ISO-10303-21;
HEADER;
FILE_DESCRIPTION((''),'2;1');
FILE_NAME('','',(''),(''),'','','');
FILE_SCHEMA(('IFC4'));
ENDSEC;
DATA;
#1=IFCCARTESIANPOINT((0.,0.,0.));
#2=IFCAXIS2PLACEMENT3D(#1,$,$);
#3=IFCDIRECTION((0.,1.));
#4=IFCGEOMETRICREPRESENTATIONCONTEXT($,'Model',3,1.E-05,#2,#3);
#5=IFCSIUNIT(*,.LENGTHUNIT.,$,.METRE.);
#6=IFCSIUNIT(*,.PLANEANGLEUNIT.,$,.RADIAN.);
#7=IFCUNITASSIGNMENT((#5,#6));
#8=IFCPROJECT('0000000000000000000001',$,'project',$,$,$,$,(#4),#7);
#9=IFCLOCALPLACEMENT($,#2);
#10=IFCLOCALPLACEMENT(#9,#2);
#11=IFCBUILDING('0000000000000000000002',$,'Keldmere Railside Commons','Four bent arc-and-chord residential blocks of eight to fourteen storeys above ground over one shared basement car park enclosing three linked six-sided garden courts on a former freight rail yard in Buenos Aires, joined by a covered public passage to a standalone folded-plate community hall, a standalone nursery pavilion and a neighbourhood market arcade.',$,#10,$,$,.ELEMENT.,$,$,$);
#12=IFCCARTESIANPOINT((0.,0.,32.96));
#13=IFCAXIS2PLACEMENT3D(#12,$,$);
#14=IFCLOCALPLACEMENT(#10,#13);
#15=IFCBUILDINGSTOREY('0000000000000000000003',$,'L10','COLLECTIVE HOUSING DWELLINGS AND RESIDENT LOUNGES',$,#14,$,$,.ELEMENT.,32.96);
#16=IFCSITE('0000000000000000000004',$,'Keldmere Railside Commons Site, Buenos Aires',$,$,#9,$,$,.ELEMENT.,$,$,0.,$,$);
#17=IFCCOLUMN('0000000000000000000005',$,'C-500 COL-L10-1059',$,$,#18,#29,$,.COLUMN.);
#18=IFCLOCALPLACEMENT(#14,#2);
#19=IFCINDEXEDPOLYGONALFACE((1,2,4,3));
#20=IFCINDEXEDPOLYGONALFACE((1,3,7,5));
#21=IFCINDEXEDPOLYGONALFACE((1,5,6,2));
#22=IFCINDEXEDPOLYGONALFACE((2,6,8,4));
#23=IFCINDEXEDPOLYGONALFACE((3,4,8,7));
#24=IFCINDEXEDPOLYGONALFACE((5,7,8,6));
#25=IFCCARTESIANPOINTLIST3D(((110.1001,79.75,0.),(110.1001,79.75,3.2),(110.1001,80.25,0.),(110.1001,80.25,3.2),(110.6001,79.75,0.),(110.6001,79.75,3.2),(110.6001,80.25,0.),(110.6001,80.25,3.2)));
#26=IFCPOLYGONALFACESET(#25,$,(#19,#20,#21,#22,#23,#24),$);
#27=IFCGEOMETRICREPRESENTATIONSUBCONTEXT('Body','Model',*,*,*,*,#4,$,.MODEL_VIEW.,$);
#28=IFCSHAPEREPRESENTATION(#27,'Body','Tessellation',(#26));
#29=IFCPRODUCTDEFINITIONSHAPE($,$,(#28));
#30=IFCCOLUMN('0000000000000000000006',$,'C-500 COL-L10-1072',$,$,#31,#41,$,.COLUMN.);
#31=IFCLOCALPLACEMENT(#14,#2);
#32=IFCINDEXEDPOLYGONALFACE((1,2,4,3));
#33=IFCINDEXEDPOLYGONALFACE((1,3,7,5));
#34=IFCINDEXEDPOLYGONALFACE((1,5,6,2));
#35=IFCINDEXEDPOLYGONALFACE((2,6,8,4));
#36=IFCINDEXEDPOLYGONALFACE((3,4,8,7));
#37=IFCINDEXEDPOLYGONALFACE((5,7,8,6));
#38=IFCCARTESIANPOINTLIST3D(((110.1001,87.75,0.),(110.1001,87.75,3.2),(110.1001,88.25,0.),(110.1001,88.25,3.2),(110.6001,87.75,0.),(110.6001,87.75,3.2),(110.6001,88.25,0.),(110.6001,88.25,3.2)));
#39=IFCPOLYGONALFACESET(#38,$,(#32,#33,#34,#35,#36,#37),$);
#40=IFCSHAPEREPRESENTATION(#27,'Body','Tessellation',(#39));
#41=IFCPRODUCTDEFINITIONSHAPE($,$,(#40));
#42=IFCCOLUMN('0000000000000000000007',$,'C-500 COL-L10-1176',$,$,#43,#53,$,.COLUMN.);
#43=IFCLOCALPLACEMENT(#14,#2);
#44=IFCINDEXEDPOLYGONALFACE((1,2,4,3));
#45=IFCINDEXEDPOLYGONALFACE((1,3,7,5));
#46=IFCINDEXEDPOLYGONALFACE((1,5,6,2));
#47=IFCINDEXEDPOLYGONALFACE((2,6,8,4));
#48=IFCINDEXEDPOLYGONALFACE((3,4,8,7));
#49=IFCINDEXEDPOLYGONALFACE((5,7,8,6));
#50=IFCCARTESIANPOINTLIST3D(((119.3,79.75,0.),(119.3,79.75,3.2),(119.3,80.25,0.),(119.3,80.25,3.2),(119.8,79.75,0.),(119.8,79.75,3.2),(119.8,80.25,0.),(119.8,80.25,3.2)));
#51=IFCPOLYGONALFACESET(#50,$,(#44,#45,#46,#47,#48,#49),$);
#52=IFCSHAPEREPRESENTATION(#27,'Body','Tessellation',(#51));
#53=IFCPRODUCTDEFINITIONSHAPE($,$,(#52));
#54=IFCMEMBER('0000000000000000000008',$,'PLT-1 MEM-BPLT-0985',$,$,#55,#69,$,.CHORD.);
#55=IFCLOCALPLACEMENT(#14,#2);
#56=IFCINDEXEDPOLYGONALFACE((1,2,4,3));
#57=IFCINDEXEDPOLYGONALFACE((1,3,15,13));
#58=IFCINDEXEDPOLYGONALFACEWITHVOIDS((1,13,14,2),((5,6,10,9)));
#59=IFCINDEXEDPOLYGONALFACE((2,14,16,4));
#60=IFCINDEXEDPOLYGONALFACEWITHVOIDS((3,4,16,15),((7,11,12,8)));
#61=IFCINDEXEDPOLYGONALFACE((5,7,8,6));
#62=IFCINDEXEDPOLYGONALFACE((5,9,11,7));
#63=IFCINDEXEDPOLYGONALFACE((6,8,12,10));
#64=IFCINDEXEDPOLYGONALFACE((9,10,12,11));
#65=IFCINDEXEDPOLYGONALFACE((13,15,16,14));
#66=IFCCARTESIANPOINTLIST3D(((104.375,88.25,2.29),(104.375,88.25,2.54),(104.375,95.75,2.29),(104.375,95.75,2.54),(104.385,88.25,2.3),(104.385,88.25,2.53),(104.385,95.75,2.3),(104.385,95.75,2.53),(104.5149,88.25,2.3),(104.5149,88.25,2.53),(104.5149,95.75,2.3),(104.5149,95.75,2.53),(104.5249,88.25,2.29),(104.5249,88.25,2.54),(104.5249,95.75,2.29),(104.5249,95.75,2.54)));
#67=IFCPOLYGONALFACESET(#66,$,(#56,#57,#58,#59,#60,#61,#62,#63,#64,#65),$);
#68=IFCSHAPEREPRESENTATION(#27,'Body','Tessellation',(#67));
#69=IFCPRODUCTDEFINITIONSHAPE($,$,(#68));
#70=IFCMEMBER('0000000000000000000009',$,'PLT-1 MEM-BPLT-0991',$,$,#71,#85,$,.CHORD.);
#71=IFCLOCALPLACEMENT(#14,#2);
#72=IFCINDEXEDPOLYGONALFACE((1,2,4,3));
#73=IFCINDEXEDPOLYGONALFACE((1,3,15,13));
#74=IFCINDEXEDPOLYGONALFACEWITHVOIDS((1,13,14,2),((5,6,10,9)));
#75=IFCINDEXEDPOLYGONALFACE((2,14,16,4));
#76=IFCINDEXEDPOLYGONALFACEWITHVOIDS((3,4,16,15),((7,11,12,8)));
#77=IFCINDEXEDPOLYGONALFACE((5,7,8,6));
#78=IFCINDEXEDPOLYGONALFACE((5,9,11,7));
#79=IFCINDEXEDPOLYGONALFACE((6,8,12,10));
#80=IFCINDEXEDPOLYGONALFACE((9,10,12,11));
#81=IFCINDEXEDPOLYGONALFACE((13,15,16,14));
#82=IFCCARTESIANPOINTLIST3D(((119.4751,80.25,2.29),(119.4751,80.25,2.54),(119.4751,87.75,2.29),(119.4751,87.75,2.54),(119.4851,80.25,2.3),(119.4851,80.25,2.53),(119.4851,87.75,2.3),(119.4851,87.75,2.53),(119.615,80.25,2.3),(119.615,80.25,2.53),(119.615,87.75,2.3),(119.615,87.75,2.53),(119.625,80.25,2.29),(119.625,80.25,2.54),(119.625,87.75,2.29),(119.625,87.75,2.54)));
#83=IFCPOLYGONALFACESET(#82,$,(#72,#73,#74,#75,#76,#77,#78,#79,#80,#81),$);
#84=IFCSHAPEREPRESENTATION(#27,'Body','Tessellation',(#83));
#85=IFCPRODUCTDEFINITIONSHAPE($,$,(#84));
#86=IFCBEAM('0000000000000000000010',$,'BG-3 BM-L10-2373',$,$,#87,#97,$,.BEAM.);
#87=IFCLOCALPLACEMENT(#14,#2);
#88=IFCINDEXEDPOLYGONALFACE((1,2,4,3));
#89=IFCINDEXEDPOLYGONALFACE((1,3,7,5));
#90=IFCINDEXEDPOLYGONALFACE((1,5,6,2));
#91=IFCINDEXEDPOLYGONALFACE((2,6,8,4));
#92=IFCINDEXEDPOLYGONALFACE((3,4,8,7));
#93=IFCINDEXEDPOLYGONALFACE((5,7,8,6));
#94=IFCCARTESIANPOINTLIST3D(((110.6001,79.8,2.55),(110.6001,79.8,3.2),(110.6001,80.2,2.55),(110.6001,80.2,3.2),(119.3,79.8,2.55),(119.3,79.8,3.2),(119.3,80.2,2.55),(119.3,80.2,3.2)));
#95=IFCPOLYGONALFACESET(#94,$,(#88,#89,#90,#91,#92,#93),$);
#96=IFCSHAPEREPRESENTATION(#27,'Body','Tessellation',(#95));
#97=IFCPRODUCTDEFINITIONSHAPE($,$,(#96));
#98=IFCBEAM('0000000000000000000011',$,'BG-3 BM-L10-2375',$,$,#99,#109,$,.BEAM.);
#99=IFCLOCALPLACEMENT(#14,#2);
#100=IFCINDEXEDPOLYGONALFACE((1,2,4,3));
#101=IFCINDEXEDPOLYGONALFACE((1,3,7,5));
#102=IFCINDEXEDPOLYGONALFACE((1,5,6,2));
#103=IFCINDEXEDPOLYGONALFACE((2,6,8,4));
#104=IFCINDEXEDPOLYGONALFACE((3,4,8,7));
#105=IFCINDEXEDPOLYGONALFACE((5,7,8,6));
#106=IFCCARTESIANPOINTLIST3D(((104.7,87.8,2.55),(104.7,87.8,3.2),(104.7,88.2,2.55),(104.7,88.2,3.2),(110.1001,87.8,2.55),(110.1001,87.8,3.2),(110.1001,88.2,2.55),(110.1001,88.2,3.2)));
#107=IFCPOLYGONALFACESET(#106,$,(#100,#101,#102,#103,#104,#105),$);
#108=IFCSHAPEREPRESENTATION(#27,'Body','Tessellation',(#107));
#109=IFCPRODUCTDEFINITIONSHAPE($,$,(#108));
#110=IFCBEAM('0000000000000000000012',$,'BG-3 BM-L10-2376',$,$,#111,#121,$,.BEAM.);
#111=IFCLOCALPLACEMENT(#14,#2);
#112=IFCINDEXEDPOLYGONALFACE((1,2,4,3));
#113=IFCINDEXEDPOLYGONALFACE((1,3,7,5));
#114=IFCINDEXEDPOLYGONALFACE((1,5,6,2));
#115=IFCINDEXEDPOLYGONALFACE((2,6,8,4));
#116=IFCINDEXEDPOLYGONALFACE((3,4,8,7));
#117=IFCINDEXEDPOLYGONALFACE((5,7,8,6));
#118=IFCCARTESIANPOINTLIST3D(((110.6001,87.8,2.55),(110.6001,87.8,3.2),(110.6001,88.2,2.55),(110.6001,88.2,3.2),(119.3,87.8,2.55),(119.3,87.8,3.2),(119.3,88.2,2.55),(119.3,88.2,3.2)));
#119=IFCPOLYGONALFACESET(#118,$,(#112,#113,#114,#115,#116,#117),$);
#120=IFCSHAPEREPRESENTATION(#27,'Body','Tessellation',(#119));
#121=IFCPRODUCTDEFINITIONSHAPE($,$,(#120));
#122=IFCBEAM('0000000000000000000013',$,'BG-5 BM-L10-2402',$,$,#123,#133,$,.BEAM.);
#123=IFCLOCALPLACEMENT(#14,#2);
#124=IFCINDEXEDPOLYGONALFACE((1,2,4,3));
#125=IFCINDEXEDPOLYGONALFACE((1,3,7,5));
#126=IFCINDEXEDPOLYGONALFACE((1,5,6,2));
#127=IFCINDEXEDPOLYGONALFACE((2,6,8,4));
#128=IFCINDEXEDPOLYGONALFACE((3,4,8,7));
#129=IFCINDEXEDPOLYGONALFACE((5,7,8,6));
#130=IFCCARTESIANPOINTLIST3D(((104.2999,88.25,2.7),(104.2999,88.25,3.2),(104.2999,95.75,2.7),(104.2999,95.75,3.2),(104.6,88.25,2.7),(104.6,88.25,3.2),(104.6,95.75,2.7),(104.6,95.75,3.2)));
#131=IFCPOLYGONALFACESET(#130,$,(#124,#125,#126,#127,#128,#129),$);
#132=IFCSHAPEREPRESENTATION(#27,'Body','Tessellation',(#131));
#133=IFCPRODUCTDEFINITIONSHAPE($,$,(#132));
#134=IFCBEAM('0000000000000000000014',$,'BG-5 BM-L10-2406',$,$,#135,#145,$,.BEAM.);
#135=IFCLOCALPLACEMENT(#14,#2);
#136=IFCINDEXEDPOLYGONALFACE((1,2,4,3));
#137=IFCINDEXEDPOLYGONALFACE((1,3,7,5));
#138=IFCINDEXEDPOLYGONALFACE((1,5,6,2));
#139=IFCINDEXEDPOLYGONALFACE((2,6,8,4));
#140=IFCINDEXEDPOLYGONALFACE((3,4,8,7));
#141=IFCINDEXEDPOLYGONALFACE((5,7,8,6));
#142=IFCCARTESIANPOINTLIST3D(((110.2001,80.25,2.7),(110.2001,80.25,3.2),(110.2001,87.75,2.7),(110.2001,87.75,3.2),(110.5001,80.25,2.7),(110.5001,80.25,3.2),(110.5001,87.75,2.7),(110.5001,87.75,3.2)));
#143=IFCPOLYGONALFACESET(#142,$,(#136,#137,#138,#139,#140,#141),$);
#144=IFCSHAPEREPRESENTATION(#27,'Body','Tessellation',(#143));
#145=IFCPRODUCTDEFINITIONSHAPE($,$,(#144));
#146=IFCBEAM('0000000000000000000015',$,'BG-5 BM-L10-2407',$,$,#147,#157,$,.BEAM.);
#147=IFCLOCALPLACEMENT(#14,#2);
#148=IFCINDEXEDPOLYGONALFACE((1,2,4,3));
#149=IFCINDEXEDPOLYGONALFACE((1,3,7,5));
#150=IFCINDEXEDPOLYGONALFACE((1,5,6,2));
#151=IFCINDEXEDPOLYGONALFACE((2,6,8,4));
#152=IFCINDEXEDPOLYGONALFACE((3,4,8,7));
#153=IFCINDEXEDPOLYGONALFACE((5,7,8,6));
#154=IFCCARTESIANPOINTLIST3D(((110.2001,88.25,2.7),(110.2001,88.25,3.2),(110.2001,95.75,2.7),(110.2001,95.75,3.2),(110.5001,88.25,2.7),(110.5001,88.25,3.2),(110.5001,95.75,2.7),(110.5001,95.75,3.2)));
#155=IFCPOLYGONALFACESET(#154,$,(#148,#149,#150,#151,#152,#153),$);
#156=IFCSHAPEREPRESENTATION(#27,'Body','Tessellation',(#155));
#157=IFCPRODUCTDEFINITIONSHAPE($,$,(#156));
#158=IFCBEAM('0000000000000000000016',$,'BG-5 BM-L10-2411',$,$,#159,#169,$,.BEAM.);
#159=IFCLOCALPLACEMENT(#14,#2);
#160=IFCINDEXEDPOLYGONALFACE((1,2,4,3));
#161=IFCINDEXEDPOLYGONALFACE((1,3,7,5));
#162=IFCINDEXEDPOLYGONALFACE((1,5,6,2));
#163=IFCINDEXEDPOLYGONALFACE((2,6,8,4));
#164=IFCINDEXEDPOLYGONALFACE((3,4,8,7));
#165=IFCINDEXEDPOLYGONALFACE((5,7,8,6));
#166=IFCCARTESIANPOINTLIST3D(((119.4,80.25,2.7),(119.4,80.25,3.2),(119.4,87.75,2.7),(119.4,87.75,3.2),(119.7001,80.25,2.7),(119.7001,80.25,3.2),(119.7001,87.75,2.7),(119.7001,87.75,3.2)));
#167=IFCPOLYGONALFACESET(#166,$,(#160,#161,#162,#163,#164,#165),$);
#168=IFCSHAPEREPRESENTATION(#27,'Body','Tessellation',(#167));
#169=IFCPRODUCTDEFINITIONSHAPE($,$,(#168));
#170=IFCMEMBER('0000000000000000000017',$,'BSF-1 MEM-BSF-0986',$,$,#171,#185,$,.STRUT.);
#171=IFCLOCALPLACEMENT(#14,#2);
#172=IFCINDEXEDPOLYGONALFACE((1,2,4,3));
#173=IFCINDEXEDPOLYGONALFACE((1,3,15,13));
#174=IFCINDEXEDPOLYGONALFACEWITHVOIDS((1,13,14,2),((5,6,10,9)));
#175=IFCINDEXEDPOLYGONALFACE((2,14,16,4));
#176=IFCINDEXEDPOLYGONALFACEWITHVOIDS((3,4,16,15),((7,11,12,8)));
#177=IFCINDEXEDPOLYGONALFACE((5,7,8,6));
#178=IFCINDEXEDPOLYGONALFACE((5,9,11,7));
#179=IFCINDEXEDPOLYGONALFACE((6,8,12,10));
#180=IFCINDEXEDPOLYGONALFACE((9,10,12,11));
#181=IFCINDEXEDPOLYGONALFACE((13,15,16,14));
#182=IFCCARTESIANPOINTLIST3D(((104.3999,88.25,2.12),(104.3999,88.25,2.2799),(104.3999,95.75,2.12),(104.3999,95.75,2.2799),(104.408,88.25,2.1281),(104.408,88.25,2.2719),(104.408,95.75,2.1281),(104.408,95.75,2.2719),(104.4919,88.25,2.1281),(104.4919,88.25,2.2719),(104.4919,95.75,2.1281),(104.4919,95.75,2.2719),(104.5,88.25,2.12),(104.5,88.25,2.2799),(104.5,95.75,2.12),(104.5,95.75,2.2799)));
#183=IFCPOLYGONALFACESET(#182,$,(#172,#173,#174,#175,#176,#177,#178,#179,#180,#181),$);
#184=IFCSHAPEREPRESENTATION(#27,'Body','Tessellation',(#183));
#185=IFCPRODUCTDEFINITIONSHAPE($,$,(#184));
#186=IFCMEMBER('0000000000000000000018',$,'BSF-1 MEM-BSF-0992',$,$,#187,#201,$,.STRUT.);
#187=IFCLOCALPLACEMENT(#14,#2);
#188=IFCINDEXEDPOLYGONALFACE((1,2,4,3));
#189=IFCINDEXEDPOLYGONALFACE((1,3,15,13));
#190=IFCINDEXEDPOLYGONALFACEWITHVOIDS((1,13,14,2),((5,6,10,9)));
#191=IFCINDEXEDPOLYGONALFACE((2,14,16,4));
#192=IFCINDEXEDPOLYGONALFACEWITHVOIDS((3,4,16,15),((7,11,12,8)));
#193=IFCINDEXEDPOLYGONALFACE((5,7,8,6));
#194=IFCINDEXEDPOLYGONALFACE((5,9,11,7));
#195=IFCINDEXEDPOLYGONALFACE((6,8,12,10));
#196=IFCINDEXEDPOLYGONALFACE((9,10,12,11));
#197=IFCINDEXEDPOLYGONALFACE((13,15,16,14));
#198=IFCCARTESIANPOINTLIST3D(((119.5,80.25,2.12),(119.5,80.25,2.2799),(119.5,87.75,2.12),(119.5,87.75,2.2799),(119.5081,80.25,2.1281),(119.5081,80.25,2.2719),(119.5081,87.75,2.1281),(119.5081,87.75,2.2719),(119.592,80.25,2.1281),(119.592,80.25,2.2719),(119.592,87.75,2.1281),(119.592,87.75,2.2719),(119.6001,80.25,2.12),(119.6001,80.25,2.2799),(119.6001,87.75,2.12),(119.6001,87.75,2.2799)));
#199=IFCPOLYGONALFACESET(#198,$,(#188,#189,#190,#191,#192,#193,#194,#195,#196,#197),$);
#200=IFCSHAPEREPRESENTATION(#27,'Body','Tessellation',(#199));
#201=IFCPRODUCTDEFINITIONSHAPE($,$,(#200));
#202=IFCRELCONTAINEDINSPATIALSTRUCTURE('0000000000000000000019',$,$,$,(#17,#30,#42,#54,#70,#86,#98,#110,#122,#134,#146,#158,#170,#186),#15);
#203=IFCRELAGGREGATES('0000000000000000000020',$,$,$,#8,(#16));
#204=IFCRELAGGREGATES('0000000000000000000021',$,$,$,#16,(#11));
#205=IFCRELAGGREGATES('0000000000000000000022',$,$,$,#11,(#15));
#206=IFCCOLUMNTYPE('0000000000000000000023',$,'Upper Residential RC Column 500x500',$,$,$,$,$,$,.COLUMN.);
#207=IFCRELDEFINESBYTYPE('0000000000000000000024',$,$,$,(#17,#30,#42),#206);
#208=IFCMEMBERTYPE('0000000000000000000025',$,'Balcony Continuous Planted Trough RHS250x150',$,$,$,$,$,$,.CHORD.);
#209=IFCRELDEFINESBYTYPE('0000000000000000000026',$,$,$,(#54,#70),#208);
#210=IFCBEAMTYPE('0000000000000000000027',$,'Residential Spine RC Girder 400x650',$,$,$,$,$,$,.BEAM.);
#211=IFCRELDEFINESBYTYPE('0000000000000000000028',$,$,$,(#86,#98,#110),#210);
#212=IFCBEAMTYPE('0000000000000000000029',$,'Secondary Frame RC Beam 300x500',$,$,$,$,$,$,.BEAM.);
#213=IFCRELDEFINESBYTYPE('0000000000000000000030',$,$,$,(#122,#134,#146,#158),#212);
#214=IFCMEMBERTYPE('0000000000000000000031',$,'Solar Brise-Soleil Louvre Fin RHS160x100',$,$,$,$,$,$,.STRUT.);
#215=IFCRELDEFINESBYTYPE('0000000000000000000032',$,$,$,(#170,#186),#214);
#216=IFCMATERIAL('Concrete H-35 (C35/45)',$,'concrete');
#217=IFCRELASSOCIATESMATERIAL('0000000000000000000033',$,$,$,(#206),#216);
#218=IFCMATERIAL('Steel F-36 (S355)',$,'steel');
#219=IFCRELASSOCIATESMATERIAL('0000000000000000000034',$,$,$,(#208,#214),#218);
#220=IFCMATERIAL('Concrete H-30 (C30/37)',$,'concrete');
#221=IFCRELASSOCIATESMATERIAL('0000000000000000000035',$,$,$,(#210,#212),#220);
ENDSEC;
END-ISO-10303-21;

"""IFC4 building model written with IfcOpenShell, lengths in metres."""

from ifc_helpers import new_model, si_unit, direction, frame, origin, origin_2d, place, context, subcontext, project, spatial, rectangle, hollow_rectangle, extrude, material, material_profile, profile_set, type_object, element, save


model = new_model("IFC4")

# Units and contexts
model_context = context("Model", 3, precision=1e-05, world=origin(), true_north=direction((0.0, 1.0)))
body_context = subcontext(model_context, "Body", "Model", "MODEL_VIEW")
ifc_project = project(units=[si_unit("LENGTHUNIT", "METRE"), si_unit("PLANEANGLEUNIT", "RADIAN")], contexts=[model_context])

# Site, building, storey
site_placement = place(None, origin())
site = spatial("IfcSite", under=ifc_project, at=site_placement, Name="Keldmere Railside Commons Site, Buenos Aires", CompositionType="ELEMENT", RefElevation=0.0)
building_placement = place(site_placement, origin())
building = spatial("IfcBuilding", under=site, at=building_placement, Name="Keldmere Railside Commons", Description="Four bent arc-and-chord residential blocks of eight to fourteen storeys above ground over one shared basement car park enclosing three linked six-sided garden courts on a former freight rail yard in Buenos Aires, joined by a covered public passage to a standalone folded-plate community hall, a standalone nursery pavilion and a neighbourhood market arcade.", CompositionType="ELEMENT")
storey_placement = place(building_placement, frame((0.0, 0.0, 32.96)))
storey = spatial("IfcBuildingStorey", under=building, at=storey_placement, Name="L10", Description="COLLECTIVE HOUSING DWELLINGS AND RESIDENT LOUNGES", CompositionType="ELEMENT", Elevation=32.96)

# Columns
ifc_material_1 = material(Name="Concrete H-35 (C35/45)", Category="concrete")
ifc_material_profile_1 = material_profile(ifc_material_1, rectangle(XDim=0.5, YDim=0.5, at=origin_2d()), Name="RC-500x500")
ifc_profile_set_1 = profile_set([ifc_material_profile_1], Name="Concrete H-35 (C35/45)")
column_type = type_object("IfcColumnType", Name="Upper Residential RC Column 500x500", PredefinedType="COLUMN", material=ifc_profile_set_1)
for number, where, z_axis, x_axis, name in (
    (1, (110.3501, 80.0, 0.0), (0.0, 0.0, 1.0), (1.0, 0.0, 0.0), "C-500 COL-L10-1059"),
    (2, (110.3501, 88.0, 0.0), (0.0, 0.0, 1.0), (1.0, 0.0, 0.0), "C-500 COL-L10-1072"),
    (3, (119.55, 80.0, 0.0), (0.0, 0.0, 1.0), (1.0, 0.0, 0.0), "C-500 COL-L10-1176"),
):
    element("IfcColumn", number, at=place(storey_placement, frame(where, z_axis=z_axis, x_axis=x_axis)), inside=storey, type_object=column_type, Name=name, PredefinedType="COLUMN", context=body_context, shape_type="SweptSolid", body=[
        extrude(rectangle(XDim=0.5, YDim=0.5, at=origin_2d()), origin(), (0.0, 0.0, 1.0), 3.2),
    ])

# Members
ifc_material_2 = material(Name="Steel F-36 (S355)", Category="steel")
ifc_material_profile_2 = material_profile(ifc_material_2, hollow_rectangle(XDim=0.1499, YDim=0.25, WallThickness=0.01, at=origin_2d()), Name="RHS-250x150x10")
ifc_profile_set_2 = profile_set([ifc_material_profile_2], Name="Steel F-36 (S355)")
member_type_1 = type_object("IfcMemberType", Name="Balcony Continuous Planted Trough RHS250x150", PredefinedType="CHORD", material=ifc_profile_set_2)
for number, where, z_axis, x_axis, name in (
    (4, (104.45, 88.25, 2.415), (0.0, 1.0, 0.0), (-1.0, 0.0, 0.0), "PLT-1 MEM-BPLT-0985"),
    (5, (119.55, 80.25, 2.415), (0.0, 1.0, 0.0), (-1.0, 0.0, 0.0), "PLT-1 MEM-BPLT-0991"),
):
    element("IfcMember", number, at=place(storey_placement, frame(where, z_axis=z_axis, x_axis=x_axis)), inside=storey, type_object=member_type_1, Name=name, PredefinedType="CHORD", context=body_context, shape_type="SweptSolid", body=[
        extrude(hollow_rectangle(XDim=0.1499, YDim=0.25, WallThickness=0.01, at=origin_2d()), origin(), (0.0, 0.0, 1.0), 7.5),
    ])

# Beams
ifc_material_3 = material(Name="Concrete H-30 (C30/37)", Category="concrete")
ifc_material_profile_3 = material_profile(ifc_material_3, rectangle(XDim=0.3999, YDim=0.6499, at=origin_2d()), Name="RC-400x650")
ifc_profile_set_3 = profile_set([ifc_material_profile_3], Name="Concrete H-30 (C30/37)")
beam_type_1 = type_object("IfcBeamType", Name="Residential Spine RC Girder 400x650", PredefinedType="BEAM", material=ifc_profile_set_3)
beam_1_placement = place(storey_placement, frame((110.6001, 80.0, 2.875), z_axis=(1.0, 0.0, 0.0), x_axis=(0.0, 1.0, 0.0)))
element("IfcBeam", 6, at=beam_1_placement, inside=storey, type_object=beam_type_1, Name="BG-3 BM-L10-2373", PredefinedType="BEAM", context=body_context, shape_type="SweptSolid", body=[
    extrude(rectangle(XDim=0.3999, YDim=0.6499, at=origin_2d()), origin(), (0.0, 0.0, 1.0), 8.7),
])
beam_2_placement = place(storey_placement, frame((104.7, 88.0, 2.875), z_axis=(1.0, 0.0, 0.0), x_axis=(0.0, 1.0, 0.0)))
element("IfcBeam", 7, at=beam_2_placement, inside=storey, type_object=beam_type_1, Name="BG-3 BM-L10-2375", PredefinedType="BEAM", context=body_context, shape_type="SweptSolid", body=[
    extrude(rectangle(XDim=0.3999, YDim=0.6499, at=origin_2d()), origin(), (0.0, 0.0, 1.0), 5.4001),
])
beam_3_placement = place(storey_placement, frame((110.6001, 88.0, 2.875), z_axis=(1.0, 0.0, 0.0), x_axis=(0.0, 1.0, 0.0)))
element("IfcBeam", 8, at=beam_3_placement, inside=storey, type_object=beam_type_1, Name="BG-3 BM-L10-2376", PredefinedType="BEAM", context=body_context, shape_type="SweptSolid", body=[
    extrude(rectangle(XDim=0.3999, YDim=0.6499, at=origin_2d()), origin(), (0.0, 0.0, 1.0), 8.7),
])
ifc_material_profile_4 = material_profile(ifc_material_3, rectangle(XDim=0.3, YDim=0.5, at=origin_2d()), Name="RC-300x500")
ifc_profile_set_4 = profile_set([ifc_material_profile_4], Name="Concrete H-30 (C30/37)")
beam_type_2 = type_object("IfcBeamType", Name="Secondary Frame RC Beam 300x500", PredefinedType="BEAM", material=ifc_profile_set_4)
for number, where, z_axis, x_axis, name in (
    (9, (104.45, 88.25, 2.95), (0.0, 1.0, 0.0), (-1.0, 0.0, 0.0), "BG-5 BM-L10-2402"),
    (10, (110.3501, 80.25, 2.95), (0.0, 1.0, 0.0), (-1.0, 0.0, 0.0), "BG-5 BM-L10-2406"),
    (11, (110.3501, 88.25, 2.95), (0.0, 1.0, 0.0), (-1.0, 0.0, 0.0), "BG-5 BM-L10-2407"),
    (12, (119.55, 80.25, 2.95), (0.0, 1.0, 0.0), (-1.0, 0.0, 0.0), "BG-5 BM-L10-2411"),
):
    element("IfcBeam", number, at=place(storey_placement, frame(where, z_axis=z_axis, x_axis=x_axis)), inside=storey, type_object=beam_type_2, Name=name, PredefinedType="BEAM", context=body_context, shape_type="SweptSolid", body=[
        extrude(rectangle(XDim=0.3, YDim=0.5, at=origin_2d()), origin(), (0.0, 0.0, 1.0), 7.5),
    ])

# Members
ifc_material_profile_5 = material_profile(ifc_material_2, hollow_rectangle(XDim=0.1001, YDim=0.1599, WallThickness=0.0081, at=origin_2d()), Name="RHS-160x100x8")
ifc_profile_set_5 = profile_set([ifc_material_profile_5], Name="Steel F-36 (S355)")
member_type_2 = type_object("IfcMemberType", Name="Solar Brise-Soleil Louvre Fin RHS160x100", PredefinedType="STRUT", material=ifc_profile_set_5)
for number, where, z_axis, x_axis, name in (
    (13, (104.45, 88.25, 2.2), (0.0, 1.0, 0.0), (-1.0, 0.0, 0.0), "BSF-1 MEM-BSF-0986"),
    (14, (119.55, 80.25, 2.2), (0.0, 1.0, 0.0), (-1.0, 0.0, 0.0), "BSF-1 MEM-BSF-0992"),
):
    element("IfcMember", number, at=place(storey_placement, frame(where, z_axis=z_axis, x_axis=x_axis)), inside=storey, type_object=member_type_2, Name=name, PredefinedType="STRUT", context=body_context, shape_type="SweptSolid", body=[
        extrude(hollow_rectangle(XDim=0.1001, YDim=0.1599, WallThickness=0.0081, at=origin_2d()), origin(), (0.0, 0.0, 1.0), 7.5),
    ])

save(model, "model.ifc")
